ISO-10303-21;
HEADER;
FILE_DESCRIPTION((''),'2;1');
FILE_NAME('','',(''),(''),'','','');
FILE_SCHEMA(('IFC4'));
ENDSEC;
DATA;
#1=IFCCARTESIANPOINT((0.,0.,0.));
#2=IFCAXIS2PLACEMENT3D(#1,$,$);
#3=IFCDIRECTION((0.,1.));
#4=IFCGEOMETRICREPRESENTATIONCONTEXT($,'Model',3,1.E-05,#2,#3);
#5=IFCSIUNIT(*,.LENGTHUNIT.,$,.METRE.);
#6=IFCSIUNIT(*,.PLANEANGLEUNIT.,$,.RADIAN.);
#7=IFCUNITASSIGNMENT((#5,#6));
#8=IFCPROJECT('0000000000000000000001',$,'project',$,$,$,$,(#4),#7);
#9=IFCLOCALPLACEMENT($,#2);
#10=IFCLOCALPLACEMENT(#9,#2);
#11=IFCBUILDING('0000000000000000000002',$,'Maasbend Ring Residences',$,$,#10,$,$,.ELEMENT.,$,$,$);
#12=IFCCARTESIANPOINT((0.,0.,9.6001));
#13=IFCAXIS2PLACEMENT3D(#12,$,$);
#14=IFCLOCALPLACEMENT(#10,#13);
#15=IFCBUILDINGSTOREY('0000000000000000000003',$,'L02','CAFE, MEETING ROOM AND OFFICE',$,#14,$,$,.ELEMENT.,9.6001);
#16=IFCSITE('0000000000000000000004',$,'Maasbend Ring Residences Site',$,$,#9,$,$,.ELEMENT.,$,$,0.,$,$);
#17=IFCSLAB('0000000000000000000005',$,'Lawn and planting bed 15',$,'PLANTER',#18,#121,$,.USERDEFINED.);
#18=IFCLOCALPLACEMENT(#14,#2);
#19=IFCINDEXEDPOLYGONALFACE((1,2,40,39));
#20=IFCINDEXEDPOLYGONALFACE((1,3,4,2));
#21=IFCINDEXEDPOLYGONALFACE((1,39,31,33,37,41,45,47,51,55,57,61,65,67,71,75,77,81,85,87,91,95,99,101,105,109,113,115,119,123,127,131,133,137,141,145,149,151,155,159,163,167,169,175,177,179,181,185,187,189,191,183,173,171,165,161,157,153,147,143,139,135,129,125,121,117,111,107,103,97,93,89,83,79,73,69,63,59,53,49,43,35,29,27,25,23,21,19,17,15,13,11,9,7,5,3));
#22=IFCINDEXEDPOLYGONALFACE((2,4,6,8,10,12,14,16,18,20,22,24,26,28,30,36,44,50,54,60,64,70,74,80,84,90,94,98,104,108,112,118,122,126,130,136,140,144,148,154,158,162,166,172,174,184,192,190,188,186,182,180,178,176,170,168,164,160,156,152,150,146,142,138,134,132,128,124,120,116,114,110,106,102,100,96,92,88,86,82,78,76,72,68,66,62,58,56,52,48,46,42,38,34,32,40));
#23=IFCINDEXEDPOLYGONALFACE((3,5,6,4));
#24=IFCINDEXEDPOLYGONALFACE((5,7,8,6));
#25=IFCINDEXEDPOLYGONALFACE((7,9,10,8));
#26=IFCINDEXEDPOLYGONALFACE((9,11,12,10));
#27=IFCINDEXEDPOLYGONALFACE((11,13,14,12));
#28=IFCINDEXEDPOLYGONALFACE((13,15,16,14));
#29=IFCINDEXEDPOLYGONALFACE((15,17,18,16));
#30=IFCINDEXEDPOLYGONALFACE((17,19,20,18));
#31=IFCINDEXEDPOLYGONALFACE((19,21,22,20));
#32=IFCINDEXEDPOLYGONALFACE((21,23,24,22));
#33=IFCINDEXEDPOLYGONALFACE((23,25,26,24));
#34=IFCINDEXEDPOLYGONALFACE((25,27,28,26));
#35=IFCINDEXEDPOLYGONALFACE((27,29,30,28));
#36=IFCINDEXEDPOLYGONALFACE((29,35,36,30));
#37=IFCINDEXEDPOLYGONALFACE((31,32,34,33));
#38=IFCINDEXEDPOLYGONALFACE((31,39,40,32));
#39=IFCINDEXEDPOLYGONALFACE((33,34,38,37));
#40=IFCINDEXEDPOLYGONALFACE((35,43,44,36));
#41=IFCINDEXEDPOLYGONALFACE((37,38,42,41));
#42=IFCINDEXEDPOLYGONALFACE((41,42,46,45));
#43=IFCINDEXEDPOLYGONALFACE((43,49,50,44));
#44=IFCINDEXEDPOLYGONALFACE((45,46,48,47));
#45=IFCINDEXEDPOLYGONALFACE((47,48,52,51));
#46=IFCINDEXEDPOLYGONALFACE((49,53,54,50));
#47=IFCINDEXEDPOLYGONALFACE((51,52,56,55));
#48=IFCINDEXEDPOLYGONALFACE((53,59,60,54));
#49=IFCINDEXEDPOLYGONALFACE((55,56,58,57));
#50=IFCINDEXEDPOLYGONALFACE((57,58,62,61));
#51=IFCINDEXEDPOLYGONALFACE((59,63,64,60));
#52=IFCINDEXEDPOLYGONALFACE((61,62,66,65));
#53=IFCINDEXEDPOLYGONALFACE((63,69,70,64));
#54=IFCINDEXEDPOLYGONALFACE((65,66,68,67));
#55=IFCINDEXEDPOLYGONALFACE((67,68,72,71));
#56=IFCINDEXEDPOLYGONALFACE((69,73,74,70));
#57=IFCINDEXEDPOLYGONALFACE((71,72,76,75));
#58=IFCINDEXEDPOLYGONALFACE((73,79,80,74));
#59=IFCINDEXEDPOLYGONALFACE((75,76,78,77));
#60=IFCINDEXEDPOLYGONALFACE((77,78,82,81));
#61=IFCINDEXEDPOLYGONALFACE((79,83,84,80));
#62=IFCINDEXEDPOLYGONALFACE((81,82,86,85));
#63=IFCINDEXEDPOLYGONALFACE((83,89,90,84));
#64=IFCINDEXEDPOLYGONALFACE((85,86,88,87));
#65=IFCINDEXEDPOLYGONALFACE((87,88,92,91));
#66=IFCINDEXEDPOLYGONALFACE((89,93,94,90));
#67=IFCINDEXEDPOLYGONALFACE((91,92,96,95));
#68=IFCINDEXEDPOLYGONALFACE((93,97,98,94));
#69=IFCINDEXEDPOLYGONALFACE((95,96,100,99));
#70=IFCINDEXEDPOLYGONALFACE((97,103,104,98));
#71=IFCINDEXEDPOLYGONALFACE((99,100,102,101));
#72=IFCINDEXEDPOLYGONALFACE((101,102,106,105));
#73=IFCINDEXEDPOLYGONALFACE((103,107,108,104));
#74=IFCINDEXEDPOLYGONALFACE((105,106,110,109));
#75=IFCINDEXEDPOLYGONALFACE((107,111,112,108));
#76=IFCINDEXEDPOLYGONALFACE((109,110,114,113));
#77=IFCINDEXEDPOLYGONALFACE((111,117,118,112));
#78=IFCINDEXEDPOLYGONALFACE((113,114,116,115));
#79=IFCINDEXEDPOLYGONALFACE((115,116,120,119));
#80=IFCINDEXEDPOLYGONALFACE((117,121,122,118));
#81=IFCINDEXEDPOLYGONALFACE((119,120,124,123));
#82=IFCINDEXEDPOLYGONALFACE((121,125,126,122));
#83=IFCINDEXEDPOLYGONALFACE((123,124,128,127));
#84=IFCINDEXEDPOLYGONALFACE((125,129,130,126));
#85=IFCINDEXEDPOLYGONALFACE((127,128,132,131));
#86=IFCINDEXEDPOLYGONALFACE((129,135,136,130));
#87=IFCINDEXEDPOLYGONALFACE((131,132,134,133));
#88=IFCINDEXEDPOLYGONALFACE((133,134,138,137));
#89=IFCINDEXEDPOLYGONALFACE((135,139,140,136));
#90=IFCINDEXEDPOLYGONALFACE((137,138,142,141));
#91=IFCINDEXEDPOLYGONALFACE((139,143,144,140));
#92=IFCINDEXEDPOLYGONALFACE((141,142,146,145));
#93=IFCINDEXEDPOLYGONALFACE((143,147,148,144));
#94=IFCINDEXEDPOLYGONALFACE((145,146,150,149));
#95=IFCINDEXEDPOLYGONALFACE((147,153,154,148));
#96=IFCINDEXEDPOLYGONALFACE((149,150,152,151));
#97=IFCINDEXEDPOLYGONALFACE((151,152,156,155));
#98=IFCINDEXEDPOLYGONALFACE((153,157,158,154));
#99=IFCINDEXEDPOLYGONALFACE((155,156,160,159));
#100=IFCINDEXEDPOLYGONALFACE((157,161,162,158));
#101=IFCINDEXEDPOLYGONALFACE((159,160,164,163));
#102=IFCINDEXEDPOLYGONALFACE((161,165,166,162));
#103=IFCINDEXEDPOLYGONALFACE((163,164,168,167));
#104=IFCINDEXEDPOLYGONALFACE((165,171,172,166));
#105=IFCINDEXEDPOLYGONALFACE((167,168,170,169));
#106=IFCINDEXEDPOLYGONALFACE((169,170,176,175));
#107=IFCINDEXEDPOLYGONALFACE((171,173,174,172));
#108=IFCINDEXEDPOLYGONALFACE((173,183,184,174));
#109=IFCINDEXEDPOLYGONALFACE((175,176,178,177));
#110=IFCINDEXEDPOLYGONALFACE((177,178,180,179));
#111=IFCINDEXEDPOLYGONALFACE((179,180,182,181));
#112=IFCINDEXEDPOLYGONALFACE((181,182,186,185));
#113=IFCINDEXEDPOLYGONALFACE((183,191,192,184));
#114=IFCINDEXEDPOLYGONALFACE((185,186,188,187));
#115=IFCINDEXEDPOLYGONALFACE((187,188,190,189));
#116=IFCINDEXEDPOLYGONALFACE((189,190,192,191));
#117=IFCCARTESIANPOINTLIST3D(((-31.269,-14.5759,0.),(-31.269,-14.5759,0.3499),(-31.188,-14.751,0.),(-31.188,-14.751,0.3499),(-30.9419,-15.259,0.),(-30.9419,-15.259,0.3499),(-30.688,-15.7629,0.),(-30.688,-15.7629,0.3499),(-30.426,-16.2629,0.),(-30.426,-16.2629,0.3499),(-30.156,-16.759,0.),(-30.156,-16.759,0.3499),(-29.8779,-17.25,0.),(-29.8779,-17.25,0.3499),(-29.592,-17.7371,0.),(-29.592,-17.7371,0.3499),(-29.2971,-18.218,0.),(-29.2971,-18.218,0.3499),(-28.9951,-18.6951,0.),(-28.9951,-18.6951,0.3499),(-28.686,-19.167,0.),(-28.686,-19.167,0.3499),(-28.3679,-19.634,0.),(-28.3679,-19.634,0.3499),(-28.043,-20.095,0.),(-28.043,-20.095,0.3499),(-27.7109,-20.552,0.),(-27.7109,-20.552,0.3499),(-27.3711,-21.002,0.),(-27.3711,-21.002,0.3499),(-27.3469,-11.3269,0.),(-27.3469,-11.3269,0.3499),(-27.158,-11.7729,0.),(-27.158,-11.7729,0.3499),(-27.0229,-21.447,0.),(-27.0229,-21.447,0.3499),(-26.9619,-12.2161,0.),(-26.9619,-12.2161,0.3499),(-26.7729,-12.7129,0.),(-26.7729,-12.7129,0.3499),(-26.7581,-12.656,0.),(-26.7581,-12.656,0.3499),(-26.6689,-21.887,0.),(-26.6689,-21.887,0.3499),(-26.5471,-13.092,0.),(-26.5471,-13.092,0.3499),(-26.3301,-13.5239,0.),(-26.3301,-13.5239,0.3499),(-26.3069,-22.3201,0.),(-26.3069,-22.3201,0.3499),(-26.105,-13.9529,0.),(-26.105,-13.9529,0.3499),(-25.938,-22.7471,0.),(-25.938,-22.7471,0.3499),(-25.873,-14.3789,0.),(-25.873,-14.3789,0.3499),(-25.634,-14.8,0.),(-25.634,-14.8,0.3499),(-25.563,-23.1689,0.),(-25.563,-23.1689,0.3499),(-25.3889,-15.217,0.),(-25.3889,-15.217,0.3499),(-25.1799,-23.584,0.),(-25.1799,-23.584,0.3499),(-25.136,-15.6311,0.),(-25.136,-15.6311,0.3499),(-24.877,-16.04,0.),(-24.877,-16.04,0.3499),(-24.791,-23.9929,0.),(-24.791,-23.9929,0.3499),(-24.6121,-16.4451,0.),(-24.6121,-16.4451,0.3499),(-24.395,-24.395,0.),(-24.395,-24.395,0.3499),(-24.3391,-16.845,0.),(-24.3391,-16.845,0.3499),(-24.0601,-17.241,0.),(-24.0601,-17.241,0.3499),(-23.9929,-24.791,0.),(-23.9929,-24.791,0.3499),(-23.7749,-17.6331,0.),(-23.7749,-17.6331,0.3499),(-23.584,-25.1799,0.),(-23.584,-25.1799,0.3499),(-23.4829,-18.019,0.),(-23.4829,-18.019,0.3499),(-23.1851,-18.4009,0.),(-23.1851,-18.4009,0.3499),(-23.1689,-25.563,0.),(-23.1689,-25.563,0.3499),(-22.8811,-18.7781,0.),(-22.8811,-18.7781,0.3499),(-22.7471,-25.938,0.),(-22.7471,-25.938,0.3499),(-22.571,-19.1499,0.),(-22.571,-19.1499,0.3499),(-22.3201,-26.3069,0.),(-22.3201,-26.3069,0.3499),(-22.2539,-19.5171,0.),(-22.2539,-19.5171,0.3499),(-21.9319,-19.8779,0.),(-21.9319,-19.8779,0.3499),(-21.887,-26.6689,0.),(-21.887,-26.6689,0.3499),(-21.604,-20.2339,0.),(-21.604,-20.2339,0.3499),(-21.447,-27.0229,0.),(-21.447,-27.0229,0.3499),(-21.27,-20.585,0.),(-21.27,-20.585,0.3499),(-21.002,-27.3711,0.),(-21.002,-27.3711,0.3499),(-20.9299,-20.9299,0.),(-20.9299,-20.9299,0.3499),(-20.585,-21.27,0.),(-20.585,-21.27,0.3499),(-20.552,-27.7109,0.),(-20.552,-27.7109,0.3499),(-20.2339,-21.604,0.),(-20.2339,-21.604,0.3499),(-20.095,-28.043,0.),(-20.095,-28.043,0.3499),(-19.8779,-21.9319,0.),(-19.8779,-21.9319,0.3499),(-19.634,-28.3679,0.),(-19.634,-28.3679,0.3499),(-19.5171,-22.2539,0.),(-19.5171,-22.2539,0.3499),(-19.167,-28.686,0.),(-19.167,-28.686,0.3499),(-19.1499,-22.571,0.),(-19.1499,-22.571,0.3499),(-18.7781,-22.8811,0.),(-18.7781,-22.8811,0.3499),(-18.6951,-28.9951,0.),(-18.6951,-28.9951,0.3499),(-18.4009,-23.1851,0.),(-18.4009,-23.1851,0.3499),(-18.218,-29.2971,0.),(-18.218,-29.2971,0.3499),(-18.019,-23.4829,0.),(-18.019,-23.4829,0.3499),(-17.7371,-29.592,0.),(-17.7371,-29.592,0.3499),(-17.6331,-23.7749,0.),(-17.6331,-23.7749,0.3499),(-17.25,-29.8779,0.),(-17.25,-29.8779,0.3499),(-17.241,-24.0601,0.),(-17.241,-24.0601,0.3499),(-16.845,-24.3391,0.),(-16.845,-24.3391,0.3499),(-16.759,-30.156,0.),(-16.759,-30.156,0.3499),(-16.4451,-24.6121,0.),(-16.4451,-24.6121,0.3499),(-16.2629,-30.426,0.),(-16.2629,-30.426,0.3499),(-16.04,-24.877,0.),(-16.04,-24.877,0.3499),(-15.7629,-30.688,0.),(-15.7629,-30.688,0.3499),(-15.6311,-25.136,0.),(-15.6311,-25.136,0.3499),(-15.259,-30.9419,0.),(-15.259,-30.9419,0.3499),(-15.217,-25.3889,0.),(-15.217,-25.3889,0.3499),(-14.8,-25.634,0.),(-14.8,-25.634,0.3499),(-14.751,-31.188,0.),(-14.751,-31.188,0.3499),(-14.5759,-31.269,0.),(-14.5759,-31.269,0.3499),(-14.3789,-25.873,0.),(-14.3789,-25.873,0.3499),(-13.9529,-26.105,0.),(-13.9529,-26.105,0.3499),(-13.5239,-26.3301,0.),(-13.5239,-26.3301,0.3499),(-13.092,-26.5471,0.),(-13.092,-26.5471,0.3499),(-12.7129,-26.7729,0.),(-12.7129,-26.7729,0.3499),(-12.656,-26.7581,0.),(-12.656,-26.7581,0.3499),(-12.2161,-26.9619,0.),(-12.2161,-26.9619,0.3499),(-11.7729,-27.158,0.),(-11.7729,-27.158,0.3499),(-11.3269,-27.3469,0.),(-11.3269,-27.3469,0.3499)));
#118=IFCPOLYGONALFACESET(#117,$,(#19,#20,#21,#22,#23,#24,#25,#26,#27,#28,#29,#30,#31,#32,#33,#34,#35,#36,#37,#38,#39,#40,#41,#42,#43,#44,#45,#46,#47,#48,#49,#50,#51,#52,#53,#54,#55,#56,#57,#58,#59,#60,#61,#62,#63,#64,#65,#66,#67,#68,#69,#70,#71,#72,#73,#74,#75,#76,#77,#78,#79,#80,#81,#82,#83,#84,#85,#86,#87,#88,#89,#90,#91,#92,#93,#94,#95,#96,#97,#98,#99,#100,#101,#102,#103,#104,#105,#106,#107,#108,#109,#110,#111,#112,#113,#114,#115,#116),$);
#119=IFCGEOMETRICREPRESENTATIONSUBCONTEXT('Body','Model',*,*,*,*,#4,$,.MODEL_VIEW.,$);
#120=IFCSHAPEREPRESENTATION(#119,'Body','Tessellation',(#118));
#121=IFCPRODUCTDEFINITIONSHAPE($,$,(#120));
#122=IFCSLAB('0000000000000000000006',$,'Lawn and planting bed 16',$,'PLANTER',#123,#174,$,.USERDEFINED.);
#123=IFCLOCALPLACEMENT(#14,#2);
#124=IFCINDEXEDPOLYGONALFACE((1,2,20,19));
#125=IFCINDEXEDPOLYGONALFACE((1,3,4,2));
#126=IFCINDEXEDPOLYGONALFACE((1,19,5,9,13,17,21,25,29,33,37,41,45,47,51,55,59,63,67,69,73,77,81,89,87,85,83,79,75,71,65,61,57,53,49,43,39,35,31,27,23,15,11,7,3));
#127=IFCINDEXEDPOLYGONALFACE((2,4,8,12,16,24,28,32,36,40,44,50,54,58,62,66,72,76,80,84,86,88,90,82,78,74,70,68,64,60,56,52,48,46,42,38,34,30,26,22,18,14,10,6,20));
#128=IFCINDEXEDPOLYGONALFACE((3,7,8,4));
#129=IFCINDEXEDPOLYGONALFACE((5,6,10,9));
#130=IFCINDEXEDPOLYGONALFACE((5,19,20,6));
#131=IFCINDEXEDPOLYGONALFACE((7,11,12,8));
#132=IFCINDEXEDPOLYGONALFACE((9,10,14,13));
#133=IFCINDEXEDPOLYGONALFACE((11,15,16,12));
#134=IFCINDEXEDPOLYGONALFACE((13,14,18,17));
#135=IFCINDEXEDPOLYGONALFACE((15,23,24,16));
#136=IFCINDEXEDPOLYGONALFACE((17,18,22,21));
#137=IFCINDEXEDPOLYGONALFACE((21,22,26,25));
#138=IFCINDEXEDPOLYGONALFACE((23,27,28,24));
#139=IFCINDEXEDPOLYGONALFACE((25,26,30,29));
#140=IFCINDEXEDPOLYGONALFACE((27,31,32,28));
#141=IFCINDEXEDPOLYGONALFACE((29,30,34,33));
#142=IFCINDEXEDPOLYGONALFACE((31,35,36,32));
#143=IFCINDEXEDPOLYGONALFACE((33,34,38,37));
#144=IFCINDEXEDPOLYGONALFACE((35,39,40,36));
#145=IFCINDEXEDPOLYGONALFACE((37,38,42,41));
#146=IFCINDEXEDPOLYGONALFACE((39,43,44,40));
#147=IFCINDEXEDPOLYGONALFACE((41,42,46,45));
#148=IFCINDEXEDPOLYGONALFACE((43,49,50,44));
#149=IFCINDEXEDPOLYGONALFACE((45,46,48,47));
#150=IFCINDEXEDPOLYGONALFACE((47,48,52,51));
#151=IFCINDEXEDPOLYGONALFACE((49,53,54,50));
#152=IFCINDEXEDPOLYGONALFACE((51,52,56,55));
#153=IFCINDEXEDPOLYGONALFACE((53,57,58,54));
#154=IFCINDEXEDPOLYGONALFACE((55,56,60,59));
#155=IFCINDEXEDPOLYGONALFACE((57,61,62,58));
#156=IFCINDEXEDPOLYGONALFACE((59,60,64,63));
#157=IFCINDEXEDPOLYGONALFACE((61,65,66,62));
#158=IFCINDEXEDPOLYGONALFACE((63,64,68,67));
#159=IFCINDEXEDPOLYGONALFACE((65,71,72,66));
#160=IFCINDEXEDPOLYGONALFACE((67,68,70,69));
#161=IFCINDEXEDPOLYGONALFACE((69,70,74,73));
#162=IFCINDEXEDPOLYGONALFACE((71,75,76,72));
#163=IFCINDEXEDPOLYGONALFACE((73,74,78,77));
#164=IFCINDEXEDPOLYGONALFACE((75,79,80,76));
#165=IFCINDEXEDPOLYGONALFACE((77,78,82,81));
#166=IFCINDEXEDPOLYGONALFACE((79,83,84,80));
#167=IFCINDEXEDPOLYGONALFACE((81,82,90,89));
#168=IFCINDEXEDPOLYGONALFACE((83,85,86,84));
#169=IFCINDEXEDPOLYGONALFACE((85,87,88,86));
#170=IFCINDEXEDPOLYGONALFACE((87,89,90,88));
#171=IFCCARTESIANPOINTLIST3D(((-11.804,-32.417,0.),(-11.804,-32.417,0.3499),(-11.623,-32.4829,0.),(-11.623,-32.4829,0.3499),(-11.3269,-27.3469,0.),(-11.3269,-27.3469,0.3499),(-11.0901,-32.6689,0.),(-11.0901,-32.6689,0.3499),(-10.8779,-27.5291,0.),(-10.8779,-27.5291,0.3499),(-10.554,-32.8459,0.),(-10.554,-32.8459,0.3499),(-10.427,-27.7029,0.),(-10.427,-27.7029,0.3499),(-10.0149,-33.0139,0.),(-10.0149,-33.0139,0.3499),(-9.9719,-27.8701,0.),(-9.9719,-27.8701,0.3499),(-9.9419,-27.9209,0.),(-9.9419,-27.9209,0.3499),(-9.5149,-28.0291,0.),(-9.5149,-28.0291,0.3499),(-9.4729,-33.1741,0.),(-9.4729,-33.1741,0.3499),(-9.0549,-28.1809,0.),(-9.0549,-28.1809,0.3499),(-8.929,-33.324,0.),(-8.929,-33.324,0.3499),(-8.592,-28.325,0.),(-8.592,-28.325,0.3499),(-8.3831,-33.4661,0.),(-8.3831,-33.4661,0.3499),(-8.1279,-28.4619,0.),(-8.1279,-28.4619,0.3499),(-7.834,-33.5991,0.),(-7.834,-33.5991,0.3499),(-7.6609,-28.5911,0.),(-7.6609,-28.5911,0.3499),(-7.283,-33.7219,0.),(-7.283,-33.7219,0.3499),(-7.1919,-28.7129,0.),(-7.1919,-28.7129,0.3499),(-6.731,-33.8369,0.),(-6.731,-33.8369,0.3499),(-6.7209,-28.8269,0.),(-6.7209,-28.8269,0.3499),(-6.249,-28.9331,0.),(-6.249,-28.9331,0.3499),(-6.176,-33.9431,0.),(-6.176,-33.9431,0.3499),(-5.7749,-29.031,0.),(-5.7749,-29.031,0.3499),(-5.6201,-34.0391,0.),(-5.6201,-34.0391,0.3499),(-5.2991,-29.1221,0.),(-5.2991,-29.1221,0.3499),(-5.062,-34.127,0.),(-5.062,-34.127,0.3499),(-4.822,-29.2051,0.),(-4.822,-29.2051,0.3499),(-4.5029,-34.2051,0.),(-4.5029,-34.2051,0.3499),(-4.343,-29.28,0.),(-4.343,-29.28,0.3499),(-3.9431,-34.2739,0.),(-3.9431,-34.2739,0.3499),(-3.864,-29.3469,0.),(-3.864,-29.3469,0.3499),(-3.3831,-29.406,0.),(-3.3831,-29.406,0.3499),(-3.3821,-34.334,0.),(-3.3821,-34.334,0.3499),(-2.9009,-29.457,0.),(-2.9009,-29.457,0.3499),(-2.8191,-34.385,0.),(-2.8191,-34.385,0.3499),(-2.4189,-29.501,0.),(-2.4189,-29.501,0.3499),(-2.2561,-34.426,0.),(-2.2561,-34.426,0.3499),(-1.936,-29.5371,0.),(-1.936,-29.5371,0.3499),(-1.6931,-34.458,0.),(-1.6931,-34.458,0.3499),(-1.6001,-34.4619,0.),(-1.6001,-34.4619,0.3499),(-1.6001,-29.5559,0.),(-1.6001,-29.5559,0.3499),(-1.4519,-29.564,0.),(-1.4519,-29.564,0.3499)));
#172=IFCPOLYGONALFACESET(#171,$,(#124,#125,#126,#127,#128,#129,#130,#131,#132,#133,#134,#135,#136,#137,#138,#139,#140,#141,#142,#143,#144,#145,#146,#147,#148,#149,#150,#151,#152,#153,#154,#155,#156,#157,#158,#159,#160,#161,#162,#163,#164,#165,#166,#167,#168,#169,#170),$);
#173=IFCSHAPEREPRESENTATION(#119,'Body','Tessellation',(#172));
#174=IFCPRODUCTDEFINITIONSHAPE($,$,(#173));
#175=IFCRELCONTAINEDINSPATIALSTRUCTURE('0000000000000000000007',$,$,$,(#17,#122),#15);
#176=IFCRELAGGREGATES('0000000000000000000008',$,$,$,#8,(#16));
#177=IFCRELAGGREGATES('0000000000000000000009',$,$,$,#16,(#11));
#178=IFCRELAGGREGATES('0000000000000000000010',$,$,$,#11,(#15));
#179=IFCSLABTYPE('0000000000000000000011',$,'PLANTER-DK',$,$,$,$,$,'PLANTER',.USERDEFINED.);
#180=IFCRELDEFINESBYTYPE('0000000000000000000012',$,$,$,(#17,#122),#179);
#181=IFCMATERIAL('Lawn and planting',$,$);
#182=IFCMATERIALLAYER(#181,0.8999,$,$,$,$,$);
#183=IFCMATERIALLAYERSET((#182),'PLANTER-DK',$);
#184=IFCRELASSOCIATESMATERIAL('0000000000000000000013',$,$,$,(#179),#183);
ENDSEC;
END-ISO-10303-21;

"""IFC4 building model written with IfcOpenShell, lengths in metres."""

from ifc_helpers import new_model, si_unit, direction, frame, origin, place, context, subcontext, project, spatial, polyline, outline, extrude, material, layer, layer_set, type_object, element, save


model = new_model("IFC4")

# Units and contexts
model_context = context("Model", 3, precision=1e-05, world=origin(), true_north=direction((0.0, 1.0)))
body_context = subcontext(model_context, "Body", "Model", "MODEL_VIEW")
ifc_project = project(units=[si_unit("LENGTHUNIT", "METRE"), si_unit("PLANEANGLEUNIT", "RADIAN")], contexts=[model_context])

# Site, building, storey
site_placement = place(None, origin())
site = spatial("IfcSite", under=ifc_project, at=site_placement, Name="Maasbend Ring Residences Site", CompositionType="ELEMENT", RefElevation=0.0)
building_placement = place(site_placement, origin())
building = spatial("IfcBuilding", under=site, at=building_placement, Name="Maasbend Ring Residences", CompositionType="ELEMENT")
storey_placement = place(building_placement, frame((0.0, 0.0, 9.6001)))
storey = spatial("IfcBuildingStorey", under=building, at=storey_placement, Name="L02", Description="CAFE, MEETING ROOM AND OFFICE", CompositionType="ELEMENT", Elevation=9.6001)

# Slabs
ifc_material = material(Name="Lawn and planting")
ifc_layer = layer(ifc_material, 0.8999)
ifc_layer_set = layer_set([ifc_layer], Name="PLANTER-DK")
slab_type = type_object("IfcSlabType", Name="PLANTER-DK", ElementType="PLANTER", PredefinedType="USERDEFINED", material=ifc_layer_set)
slab_1_placement = place(storey_placement, origin())
element("IfcSlab", 1, at=slab_1_placement, inside=storey, type_object=slab_type, Name="Lawn and planting bed 15", ObjectType="PLANTER", PredefinedType="USERDEFINED", context=body_context, shape_type="SweptSolid", body=[
    extrude(outline(polyline([(-26.9619, -12.2161), (-26.7581, -12.656), (-26.5471, -13.092), (-26.3301, -13.5239), (-26.105, -13.9529), (-25.873, -14.3789), (-25.634, -14.8), (-25.3889, -15.217), (-25.136, -15.6311), (-24.877, -16.04), (-24.6121, -16.4451), (-24.3391, -16.845), (-24.0601, -17.241), (-23.7749, -17.6331), (-23.4829, -18.019), (-23.1851, -18.4009), (-22.8811, -18.7781), (-22.571, -19.1499), (-22.2539, -19.5171), (-21.9319, -19.8779), (-21.604, -20.2339), (-21.27, -20.585), (-20.9299, -20.9299), (-20.585, -21.27), (-20.2339, -21.604), (-19.8779, -21.9319), (-19.5171, -22.2539), (-19.1499, -22.571), (-18.7781, -22.8811), (-18.4009, -23.1851), (-18.019, -23.4829), (-17.6331, -23.7749), (-17.241, -24.0601), (-16.845, -24.3391), (-16.4451, -24.6121), (-16.04, -24.877), (-15.6311, -25.136), (-15.217, -25.3889), (-14.8, -25.634), (-14.3789, -25.873), (-13.9529, -26.105), (-13.5239, -26.3301), (-13.092, -26.5471), (-12.656, -26.7581), (-12.2161, -26.9619), (-11.7729, -27.158), (-11.3269, -27.3469), (-12.7129, -26.7729), (-14.5759, -31.269), (-14.751, -31.188), (-15.259, -30.9419), (-15.7629, -30.688), (-16.2629, -30.426), (-16.759, -30.156), (-17.25, -29.8779), (-17.7371, -29.592), (-18.218, -29.2971), (-18.6951, -28.9951), (-19.167, -28.686), (-19.634, -28.3679), (-20.095, -28.043), (-20.552, -27.7109), (-21.002, -27.3711), (-21.447, -27.0229), (-21.887, -26.6689), (-22.3201, -26.3069), (-22.7471, -25.938), (-23.1689, -25.563), (-23.584, -25.1799), (-23.9929, -24.791), (-24.395, -24.395), (-24.791, -23.9929), (-25.1799, -23.584), (-25.563, -23.1689), (-25.938, -22.7471), (-26.3069, -22.3201), (-26.6689, -21.887), (-27.0229, -21.447), (-27.3711, -21.002), (-27.7109, -20.552), (-28.043, -20.095), (-28.3679, -19.634), (-28.686, -19.167), (-28.9951, -18.6951), (-29.2971, -18.218), (-29.592, -17.7371), (-29.8779, -17.25), (-30.156, -16.759), (-30.426, -16.2629), (-30.688, -15.7629), (-30.9419, -15.259), (-31.188, -14.751), (-31.269, -14.5759), (-26.7729, -12.7129), (-27.3469, -11.3269), (-27.158, -11.7729), (-26.9619, -12.2161)])), origin(), (0.0, 0.0, 1.0), 0.3499),
])
slab_2_placement = place(storey_placement, origin())
element("IfcSlab", 2, at=slab_2_placement, inside=storey, type_object=slab_type, Name="Lawn and planting bed 16", ObjectType="PLANTER", PredefinedType="USERDEFINED", context=body_context, shape_type="SweptSolid", body=[
    extrude(outline(polyline([(-10.427, -27.7029), (-9.9719, -27.8701), (-9.5149, -28.0291), (-9.0549, -28.1809), (-8.592, -28.325), (-8.1279, -28.4619), (-7.6609, -28.5911), (-7.1919, -28.7129), (-6.7209, -28.8269), (-6.249, -28.9331), (-5.7749, -29.031), (-5.2991, -29.1221), (-4.822, -29.2051), (-4.343, -29.28), (-3.864, -29.3469), (-3.3831, -29.406), (-2.9009, -29.457), (-2.4189, -29.501), (-1.936, -29.5371), (-1.4519, -29.564), (-1.6001, -29.5559), (-1.6001, -34.4619), (-1.6931, -34.458), (-2.2561, -34.426), (-2.8191, -34.385), (-3.3821, -34.334), (-3.9431, -34.2739), (-4.5029, -34.2051), (-5.062, -34.127), (-5.6201, -34.0391), (-6.176, -33.9431), (-6.731, -33.8369), (-7.283, -33.7219), (-7.834, -33.5991), (-8.3831, -33.4661), (-8.929, -33.324), (-9.4729, -33.1741), (-10.0149, -33.0139), (-10.554, -32.8459), (-11.0901, -32.6689), (-11.623, -32.4829), (-11.804, -32.417), (-9.9419, -27.9209), (-11.3269, -27.3469), (-10.8779, -27.5291), (-10.427, -27.7029)])), origin(), (0.0, 0.0, 1.0), 0.3499),
])

save(model, "model.ifc")
